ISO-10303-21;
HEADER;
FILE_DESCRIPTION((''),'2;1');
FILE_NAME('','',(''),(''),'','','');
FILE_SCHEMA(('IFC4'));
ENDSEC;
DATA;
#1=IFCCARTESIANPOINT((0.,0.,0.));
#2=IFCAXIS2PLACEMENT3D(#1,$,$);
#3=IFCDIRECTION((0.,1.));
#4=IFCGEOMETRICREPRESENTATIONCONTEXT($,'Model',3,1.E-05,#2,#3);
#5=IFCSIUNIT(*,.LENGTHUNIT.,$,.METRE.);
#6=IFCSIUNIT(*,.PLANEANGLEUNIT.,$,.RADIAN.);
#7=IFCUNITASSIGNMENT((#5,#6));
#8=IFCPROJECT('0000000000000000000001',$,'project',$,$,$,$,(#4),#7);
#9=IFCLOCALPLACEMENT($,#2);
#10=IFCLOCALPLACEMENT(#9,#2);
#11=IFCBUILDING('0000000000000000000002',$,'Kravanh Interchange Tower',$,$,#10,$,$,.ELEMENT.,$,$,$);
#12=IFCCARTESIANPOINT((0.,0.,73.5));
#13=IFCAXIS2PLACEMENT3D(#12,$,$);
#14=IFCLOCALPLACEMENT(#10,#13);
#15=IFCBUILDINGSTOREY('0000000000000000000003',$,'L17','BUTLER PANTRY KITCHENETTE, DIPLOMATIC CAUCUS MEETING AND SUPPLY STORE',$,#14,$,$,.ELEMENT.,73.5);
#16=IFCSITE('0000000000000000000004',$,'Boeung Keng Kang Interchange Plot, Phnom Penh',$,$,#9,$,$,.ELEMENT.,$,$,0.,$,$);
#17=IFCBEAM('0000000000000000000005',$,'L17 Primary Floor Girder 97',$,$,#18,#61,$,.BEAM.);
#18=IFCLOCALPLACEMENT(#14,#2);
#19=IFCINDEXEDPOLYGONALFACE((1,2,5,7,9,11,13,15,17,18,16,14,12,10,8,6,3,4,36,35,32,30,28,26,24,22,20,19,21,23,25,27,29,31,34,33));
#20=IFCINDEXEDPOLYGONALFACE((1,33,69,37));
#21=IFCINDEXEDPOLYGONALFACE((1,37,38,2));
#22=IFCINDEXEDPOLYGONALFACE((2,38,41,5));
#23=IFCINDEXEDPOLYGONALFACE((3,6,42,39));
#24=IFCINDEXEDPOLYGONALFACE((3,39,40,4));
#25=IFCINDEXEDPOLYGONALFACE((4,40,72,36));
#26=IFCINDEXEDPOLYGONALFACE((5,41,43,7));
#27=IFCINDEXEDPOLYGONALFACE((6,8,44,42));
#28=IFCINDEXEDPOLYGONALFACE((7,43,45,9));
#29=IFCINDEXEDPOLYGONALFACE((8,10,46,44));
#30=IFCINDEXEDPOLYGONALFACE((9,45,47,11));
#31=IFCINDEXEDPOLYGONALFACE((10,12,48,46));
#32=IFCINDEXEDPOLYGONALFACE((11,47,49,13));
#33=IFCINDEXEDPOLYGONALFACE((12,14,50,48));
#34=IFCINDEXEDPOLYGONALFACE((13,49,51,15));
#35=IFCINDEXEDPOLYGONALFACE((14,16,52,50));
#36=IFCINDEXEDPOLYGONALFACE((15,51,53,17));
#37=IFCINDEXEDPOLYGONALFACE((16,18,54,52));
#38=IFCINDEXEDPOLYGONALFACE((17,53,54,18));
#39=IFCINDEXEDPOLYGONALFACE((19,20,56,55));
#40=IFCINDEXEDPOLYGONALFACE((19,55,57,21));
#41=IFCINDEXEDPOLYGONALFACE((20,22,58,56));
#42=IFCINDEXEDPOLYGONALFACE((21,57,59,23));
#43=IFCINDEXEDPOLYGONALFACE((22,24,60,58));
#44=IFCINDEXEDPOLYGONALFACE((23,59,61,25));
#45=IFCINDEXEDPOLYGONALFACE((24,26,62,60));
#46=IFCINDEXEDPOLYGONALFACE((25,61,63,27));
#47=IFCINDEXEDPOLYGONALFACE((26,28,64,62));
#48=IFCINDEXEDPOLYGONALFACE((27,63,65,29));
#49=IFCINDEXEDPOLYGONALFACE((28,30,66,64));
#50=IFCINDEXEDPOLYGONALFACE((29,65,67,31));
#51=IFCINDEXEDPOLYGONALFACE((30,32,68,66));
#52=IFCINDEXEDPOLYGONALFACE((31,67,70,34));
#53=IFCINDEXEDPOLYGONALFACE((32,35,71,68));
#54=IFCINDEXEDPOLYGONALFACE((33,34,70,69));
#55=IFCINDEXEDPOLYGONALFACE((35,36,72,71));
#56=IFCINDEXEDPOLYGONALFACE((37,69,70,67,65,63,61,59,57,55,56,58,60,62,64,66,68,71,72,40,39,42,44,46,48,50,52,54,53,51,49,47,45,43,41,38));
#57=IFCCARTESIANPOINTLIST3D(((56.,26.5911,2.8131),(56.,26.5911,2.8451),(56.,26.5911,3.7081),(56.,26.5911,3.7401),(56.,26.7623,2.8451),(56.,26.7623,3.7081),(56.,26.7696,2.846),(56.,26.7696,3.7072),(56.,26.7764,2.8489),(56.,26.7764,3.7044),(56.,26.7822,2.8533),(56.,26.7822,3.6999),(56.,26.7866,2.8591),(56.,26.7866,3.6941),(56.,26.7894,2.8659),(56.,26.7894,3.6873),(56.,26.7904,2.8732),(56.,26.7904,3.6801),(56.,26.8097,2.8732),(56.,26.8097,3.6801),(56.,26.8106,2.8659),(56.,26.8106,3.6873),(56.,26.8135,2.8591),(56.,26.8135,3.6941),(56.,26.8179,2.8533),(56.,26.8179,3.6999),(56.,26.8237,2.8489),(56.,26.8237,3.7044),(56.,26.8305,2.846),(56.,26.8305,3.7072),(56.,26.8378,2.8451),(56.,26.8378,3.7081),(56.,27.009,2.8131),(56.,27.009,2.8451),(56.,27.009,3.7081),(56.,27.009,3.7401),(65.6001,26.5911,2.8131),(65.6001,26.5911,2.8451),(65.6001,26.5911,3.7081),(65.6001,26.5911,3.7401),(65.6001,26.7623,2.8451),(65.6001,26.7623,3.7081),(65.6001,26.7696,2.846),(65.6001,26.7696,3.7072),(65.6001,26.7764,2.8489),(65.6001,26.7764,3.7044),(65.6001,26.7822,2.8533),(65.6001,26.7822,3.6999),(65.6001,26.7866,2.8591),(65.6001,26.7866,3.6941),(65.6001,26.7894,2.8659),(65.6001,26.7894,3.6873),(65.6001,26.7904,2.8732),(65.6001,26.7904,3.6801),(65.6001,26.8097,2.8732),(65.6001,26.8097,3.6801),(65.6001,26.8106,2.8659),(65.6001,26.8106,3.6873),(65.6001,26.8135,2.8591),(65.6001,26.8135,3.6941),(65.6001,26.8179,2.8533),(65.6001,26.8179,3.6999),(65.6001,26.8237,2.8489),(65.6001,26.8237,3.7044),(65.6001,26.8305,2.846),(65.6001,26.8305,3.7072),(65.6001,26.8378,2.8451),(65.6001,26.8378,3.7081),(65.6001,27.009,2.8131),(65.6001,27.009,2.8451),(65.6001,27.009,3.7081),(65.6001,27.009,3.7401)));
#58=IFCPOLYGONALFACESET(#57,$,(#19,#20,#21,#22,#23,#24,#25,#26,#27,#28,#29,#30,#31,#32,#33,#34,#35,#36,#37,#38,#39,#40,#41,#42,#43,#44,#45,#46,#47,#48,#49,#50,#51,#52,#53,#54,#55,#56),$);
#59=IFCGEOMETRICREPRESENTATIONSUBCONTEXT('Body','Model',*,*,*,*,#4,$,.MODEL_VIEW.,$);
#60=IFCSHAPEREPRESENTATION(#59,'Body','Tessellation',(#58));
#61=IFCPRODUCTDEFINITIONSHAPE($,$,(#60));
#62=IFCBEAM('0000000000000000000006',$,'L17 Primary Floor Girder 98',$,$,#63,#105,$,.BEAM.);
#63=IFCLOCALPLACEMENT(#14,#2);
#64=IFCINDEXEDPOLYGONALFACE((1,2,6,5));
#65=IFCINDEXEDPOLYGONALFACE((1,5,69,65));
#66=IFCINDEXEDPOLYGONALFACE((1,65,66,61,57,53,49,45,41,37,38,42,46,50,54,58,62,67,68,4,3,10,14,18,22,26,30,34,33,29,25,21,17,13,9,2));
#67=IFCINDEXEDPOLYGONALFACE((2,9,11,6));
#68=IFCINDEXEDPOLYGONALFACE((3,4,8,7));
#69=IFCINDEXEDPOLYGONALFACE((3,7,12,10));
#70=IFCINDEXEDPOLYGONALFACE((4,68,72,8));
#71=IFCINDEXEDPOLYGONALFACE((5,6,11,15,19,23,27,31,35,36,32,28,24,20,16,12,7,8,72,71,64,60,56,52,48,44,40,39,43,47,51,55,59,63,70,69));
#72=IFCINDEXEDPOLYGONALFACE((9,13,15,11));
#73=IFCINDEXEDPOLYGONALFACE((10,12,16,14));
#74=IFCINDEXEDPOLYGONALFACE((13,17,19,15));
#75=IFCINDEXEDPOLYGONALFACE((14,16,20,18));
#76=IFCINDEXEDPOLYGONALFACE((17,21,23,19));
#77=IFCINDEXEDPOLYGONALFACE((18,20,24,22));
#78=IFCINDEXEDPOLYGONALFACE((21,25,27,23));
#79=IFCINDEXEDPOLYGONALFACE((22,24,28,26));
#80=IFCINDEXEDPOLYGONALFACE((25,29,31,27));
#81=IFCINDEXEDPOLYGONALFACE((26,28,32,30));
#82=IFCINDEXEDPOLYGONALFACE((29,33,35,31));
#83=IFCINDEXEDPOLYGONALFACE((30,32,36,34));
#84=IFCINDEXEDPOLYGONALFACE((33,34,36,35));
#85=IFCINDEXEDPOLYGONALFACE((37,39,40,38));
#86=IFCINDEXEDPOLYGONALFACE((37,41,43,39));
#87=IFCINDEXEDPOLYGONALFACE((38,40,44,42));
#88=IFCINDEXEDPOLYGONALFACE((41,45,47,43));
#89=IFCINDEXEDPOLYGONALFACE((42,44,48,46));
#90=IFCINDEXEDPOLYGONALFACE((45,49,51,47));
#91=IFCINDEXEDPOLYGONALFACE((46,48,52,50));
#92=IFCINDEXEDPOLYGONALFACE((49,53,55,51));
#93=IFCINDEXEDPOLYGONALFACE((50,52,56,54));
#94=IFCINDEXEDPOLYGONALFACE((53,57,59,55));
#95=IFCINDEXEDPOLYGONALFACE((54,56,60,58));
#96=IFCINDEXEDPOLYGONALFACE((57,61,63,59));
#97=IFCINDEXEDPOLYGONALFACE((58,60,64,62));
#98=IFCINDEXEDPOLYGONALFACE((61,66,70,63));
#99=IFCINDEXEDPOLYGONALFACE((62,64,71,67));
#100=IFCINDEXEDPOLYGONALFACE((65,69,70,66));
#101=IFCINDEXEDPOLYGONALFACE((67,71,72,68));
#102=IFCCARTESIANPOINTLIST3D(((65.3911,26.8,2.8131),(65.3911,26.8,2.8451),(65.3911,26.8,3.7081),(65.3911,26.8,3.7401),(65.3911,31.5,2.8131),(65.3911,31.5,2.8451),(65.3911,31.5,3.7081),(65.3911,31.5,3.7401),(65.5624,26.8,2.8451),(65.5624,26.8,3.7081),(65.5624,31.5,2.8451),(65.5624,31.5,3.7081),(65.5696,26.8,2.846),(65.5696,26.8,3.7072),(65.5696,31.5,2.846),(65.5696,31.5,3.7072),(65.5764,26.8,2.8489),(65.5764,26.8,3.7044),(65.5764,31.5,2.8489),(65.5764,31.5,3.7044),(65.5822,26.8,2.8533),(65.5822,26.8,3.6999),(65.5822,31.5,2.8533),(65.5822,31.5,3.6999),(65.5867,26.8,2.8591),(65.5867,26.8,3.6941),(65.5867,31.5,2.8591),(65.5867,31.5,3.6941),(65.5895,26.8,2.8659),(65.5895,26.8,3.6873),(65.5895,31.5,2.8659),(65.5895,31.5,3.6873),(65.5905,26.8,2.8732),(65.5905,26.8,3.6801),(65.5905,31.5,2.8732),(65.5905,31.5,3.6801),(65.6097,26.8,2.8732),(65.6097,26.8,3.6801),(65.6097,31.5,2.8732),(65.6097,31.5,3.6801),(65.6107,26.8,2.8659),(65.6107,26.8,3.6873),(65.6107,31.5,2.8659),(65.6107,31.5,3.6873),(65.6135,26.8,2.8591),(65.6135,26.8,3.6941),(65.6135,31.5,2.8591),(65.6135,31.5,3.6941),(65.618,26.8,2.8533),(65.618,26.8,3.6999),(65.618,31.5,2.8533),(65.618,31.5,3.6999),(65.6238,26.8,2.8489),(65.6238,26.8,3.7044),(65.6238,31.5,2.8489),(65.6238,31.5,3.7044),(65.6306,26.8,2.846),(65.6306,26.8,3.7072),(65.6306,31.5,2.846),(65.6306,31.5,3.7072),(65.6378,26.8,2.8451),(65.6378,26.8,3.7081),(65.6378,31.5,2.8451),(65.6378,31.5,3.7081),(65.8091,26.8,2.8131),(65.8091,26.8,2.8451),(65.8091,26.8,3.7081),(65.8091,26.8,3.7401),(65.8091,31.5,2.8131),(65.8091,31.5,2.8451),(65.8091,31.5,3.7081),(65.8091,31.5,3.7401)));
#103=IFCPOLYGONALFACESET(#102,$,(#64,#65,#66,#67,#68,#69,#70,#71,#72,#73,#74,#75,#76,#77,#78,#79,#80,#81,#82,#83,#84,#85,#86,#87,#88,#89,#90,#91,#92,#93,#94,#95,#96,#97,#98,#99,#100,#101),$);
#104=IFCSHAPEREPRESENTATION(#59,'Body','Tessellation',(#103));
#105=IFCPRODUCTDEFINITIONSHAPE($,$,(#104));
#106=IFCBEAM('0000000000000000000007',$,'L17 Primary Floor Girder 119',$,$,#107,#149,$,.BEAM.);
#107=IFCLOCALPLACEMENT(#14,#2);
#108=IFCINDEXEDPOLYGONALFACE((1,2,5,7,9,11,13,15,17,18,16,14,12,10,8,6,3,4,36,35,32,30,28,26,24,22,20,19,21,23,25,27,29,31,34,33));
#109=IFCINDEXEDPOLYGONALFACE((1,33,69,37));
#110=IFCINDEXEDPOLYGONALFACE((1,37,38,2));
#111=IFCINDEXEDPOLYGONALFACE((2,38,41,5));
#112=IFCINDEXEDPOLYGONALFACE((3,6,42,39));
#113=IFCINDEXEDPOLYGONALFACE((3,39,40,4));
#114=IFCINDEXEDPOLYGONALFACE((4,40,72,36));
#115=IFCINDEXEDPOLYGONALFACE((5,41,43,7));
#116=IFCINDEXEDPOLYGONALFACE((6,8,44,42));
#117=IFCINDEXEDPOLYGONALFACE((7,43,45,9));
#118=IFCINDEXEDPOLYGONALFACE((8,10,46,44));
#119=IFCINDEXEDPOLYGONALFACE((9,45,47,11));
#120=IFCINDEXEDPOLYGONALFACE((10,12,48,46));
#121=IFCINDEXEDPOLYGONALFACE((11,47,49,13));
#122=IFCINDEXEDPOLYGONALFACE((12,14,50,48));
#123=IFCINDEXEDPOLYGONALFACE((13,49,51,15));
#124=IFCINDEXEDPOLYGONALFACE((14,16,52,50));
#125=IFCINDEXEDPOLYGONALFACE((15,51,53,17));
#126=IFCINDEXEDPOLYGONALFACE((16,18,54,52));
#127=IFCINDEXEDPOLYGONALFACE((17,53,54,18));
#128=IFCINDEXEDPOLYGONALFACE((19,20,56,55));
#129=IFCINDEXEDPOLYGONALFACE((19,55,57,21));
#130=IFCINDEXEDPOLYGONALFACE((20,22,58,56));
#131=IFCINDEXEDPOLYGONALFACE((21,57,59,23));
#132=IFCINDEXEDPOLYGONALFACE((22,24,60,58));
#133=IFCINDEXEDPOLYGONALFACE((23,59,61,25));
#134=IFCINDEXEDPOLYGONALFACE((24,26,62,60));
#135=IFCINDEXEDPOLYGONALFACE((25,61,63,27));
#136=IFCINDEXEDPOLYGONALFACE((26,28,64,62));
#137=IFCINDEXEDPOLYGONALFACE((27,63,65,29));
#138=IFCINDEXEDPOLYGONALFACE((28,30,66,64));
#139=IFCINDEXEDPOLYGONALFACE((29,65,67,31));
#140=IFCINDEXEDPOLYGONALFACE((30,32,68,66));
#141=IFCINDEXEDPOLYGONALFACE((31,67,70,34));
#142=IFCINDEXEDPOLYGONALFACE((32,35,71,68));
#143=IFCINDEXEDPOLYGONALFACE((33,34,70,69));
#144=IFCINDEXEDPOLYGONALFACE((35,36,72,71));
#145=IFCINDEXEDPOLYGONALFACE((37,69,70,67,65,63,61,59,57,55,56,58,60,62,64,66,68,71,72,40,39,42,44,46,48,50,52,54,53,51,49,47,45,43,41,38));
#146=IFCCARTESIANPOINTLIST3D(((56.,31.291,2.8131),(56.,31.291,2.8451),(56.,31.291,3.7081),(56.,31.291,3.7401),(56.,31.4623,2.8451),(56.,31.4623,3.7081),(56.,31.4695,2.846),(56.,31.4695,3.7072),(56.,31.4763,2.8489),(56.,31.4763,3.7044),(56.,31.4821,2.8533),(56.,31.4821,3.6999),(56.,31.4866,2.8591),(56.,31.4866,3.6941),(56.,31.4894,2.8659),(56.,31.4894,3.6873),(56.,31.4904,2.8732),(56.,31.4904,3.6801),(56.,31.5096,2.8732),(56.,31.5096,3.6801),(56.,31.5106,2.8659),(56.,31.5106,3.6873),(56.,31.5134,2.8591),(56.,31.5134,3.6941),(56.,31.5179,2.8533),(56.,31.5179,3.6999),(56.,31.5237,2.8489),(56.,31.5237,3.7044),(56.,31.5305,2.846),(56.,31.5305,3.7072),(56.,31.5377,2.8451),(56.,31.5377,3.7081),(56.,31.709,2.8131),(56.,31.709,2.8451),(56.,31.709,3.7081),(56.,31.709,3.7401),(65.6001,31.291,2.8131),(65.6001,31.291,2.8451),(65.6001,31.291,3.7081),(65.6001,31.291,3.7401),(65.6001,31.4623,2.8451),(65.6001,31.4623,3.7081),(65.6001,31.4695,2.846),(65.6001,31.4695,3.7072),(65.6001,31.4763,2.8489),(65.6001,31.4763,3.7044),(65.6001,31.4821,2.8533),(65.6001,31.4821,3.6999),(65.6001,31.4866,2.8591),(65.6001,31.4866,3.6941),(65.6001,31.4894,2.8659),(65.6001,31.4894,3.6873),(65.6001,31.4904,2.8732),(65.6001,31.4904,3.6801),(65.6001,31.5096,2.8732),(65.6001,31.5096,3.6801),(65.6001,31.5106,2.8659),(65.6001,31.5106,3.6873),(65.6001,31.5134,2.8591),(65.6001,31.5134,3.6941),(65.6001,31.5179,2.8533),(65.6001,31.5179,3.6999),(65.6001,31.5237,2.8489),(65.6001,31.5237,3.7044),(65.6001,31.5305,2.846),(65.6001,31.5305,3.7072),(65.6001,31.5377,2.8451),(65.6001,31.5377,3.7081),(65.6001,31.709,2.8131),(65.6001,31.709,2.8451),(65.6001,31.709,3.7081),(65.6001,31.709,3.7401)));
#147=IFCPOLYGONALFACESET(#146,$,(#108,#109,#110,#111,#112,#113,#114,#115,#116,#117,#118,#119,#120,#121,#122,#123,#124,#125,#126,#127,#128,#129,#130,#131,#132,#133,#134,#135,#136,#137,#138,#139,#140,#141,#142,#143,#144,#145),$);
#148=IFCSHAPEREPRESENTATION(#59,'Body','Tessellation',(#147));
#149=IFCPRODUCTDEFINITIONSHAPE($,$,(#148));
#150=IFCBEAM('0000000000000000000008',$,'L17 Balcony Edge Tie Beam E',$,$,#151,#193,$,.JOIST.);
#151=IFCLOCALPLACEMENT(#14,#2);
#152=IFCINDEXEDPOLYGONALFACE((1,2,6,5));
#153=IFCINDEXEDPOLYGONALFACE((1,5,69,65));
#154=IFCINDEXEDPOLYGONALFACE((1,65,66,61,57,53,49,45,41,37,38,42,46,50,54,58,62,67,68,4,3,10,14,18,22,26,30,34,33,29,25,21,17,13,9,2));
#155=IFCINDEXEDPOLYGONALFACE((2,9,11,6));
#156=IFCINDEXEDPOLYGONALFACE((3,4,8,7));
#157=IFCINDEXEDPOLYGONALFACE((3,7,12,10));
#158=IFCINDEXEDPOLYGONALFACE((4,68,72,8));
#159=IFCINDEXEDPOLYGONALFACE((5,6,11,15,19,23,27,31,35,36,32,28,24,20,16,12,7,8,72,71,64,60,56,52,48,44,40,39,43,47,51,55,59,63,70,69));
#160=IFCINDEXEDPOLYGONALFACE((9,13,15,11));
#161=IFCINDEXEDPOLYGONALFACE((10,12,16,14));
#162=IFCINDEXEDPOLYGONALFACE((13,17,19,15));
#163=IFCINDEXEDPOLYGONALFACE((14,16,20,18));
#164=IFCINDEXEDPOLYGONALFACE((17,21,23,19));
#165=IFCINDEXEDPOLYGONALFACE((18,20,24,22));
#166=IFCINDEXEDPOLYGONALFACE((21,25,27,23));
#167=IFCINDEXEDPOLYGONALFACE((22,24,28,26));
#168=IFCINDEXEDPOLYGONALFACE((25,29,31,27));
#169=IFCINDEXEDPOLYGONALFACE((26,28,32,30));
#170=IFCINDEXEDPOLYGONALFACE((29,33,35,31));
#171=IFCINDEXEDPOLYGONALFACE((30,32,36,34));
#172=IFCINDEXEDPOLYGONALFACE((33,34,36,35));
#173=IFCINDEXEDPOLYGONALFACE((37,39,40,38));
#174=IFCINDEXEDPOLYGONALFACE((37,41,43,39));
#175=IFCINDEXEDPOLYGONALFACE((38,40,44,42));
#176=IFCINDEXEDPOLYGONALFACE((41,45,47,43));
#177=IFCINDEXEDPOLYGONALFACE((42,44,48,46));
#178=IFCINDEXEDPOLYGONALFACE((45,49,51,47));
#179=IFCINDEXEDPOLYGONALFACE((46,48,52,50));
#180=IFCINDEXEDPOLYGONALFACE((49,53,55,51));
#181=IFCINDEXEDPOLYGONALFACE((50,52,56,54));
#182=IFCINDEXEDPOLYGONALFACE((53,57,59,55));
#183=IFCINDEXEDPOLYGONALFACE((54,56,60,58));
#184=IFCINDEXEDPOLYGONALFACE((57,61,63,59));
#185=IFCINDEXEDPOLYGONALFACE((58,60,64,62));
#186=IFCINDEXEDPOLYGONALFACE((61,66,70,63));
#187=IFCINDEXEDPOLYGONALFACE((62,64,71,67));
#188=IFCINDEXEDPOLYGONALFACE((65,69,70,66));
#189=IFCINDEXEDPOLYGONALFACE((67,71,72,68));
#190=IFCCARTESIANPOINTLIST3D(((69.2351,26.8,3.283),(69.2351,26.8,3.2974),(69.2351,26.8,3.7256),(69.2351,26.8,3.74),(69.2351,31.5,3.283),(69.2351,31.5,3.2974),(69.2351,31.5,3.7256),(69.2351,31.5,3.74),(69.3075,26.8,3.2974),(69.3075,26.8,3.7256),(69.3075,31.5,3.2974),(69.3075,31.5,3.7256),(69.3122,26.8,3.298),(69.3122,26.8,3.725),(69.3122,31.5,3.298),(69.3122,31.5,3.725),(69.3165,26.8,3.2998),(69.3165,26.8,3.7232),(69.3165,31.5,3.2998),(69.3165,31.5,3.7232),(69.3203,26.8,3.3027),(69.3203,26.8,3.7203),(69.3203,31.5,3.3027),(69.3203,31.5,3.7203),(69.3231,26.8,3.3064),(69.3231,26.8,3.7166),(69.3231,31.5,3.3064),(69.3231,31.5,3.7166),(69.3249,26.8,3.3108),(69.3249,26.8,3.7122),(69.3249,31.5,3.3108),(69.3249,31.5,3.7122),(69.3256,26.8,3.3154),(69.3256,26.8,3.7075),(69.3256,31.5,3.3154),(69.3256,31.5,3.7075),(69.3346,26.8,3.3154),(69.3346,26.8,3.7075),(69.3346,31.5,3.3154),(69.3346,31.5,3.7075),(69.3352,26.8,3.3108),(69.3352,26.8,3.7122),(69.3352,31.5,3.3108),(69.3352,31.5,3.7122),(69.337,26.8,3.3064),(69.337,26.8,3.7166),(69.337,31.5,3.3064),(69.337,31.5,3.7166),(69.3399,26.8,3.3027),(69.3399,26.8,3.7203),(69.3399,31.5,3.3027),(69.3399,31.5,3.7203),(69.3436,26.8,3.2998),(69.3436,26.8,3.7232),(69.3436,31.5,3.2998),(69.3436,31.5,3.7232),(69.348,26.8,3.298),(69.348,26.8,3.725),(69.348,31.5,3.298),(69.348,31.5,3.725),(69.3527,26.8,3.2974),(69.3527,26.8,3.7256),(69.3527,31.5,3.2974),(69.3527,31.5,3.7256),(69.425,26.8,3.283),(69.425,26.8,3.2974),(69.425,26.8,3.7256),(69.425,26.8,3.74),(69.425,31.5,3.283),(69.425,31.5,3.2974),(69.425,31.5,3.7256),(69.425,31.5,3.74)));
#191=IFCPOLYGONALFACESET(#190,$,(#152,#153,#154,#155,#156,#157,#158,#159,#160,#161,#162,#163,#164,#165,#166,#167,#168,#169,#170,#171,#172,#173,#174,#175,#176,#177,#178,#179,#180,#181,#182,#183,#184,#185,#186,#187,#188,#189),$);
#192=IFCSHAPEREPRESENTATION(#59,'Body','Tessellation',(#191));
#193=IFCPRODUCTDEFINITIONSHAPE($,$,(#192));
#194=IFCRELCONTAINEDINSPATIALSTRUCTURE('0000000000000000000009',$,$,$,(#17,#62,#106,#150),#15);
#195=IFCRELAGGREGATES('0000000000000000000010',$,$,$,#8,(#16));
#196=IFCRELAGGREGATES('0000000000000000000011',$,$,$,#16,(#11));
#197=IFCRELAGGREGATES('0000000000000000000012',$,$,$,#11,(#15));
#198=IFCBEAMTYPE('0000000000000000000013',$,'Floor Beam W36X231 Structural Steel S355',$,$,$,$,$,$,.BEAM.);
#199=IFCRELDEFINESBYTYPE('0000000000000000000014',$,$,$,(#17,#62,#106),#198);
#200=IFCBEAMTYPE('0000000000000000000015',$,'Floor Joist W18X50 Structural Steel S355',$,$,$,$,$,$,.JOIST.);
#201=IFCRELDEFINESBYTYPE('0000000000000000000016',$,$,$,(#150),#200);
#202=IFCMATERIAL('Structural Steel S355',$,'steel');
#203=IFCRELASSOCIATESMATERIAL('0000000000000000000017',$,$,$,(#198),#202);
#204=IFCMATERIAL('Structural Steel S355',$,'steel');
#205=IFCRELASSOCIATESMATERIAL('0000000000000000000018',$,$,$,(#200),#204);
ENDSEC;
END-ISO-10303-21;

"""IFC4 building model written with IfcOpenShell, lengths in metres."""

from ifc_helpers import new_model, si_unit, direction, frame, origin, origin_2d, place, context, subcontext, project, spatial, i_section, extrude, material, material_profile, profile_set, type_object, element, save


model = new_model("IFC4")

# Units and contexts
model_context = context("Model", 3, precision=1e-05, world=origin(), true_north=direction((0.0, 1.0)))
body_context = subcontext(model_context, "Body", "Model", "MODEL_VIEW")
ifc_project = project(units=[si_unit("LENGTHUNIT", "METRE"), si_unit("PLANEANGLEUNIT", "RADIAN")], contexts=[model_context])

# Site, building, storey
site_placement = place(None, origin())
site = spatial("IfcSite", under=ifc_project, at=site_placement, Name="Boeung Keng Kang Interchange Plot, Phnom Penh", CompositionType="ELEMENT", RefElevation=0.0)
building_placement = place(site_placement, origin())
building = spatial("IfcBuilding", under=site, at=building_placement, Name="Kravanh Interchange Tower", CompositionType="ELEMENT")
storey_placement = place(building_placement, frame((0.0, 0.0, 73.5)))
storey = spatial("IfcBuildingStorey", under=building, at=storey_placement, Name="L17", Description="BUTLER PANTRY KITCHENETTE, DIPLOMATIC CAUCUS MEETING AND SUPPLY STORE", CompositionType="ELEMENT", Elevation=73.5)

# Beams
ifc_material_1 = material(Name="Structural Steel S355", Category="steel")
ifc_material_profile_1 = material_profile(ifc_material_1, i_section(OverallWidth=0.418, OverallDepth=0.927, WebThickness=0.0193, FlangeThickness=0.032, FilletRadius=0.0281, at=origin_2d()), Name="W36X231")
ifc_profile_set_1 = profile_set([ifc_material_profile_1], Name="Structural Steel S355")
beam_type_1 = type_object("IfcBeamType", Name="Floor Beam W36X231 Structural Steel S355", PredefinedType="BEAM", material=ifc_profile_set_1)
beam_1_placement = place(storey_placement, frame((56.0, 26.8, 3.2766), z_axis=(1.0, 0.0, 0.0), x_axis=(0.0, 1.0, 0.0)))
element("IfcBeam", 1, at=beam_1_placement, inside=storey, type_object=beam_type_1, Name="L17 Primary Floor Girder 97", PredefinedType="BEAM", context=body_context, shape_type="SweptSolid", body=[
    extrude(i_section(OverallWidth=0.418, OverallDepth=0.927, WebThickness=0.0193, FlangeThickness=0.032, FilletRadius=0.0281, at=origin_2d()), origin(), (0.0, 0.0, 1.0), 9.6001),
])
beam_2_placement = place(storey_placement, frame((65.6001, 26.8, 3.2766), z_axis=(0.0, 1.0, 0.0), x_axis=(-1.0, 0.0, 0.0)))
element("IfcBeam", 2, at=beam_2_placement, inside=storey, type_object=beam_type_1, Name="L17 Primary Floor Girder 98", PredefinedType="BEAM", context=body_context, shape_type="SweptSolid", body=[
    extrude(i_section(OverallWidth=0.418, OverallDepth=0.927, WebThickness=0.0193, FlangeThickness=0.032, FilletRadius=0.0281, at=origin_2d()), origin(), (0.0, 0.0, 1.0), 4.7),
])
beam_3_placement = place(storey_placement, frame((56.0, 31.5, 3.2766), z_axis=(1.0, 0.0, 0.0), x_axis=(0.0, 1.0, 0.0)))
element("IfcBeam", 3, at=beam_3_placement, inside=storey, type_object=beam_type_1, Name="L17 Primary Floor Girder 119", PredefinedType="BEAM", context=body_context, shape_type="SweptSolid", body=[
    extrude(i_section(OverallWidth=0.418, OverallDepth=0.927, WebThickness=0.0193, FlangeThickness=0.032, FilletRadius=0.0281, at=origin_2d()), origin(), (0.0, 0.0, 1.0), 9.6001),
])
ifc_material_2 = material(Name="Structural Steel S355", Category="steel")
ifc_material_profile_2 = material_profile(ifc_material_2, i_section(OverallWidth=0.1899, OverallDepth=0.457, WebThickness=0.009, FlangeThickness=0.0144, FilletRadius=0.0181, at=origin_2d()), Name="W18X50")
ifc_profile_set_2 = profile_set([ifc_material_profile_2], Name="Structural Steel S355")
beam_type_2 = type_object("IfcBeamType", Name="Floor Joist W18X50 Structural Steel S355", PredefinedType="JOIST", material=ifc_profile_set_2)
beam_4_placement = place(storey_placement, frame((69.3301, 26.8, 3.5115), z_axis=(0.0, 1.0, 0.0), x_axis=(-1.0, 0.0, 0.0)))
element("IfcBeam", 4, at=beam_4_placement, inside=storey, type_object=beam_type_2, Name="L17 Balcony Edge Tie Beam E", PredefinedType="JOIST", context=body_context, shape_type="SweptSolid", body=[
    extrude(i_section(OverallWidth=0.1899, OverallDepth=0.457, WebThickness=0.009, FlangeThickness=0.0144, FilletRadius=0.0181, at=origin_2d()), origin(), (0.0, 0.0, 1.0), 4.7),
])

save(model, "model.ifc")
